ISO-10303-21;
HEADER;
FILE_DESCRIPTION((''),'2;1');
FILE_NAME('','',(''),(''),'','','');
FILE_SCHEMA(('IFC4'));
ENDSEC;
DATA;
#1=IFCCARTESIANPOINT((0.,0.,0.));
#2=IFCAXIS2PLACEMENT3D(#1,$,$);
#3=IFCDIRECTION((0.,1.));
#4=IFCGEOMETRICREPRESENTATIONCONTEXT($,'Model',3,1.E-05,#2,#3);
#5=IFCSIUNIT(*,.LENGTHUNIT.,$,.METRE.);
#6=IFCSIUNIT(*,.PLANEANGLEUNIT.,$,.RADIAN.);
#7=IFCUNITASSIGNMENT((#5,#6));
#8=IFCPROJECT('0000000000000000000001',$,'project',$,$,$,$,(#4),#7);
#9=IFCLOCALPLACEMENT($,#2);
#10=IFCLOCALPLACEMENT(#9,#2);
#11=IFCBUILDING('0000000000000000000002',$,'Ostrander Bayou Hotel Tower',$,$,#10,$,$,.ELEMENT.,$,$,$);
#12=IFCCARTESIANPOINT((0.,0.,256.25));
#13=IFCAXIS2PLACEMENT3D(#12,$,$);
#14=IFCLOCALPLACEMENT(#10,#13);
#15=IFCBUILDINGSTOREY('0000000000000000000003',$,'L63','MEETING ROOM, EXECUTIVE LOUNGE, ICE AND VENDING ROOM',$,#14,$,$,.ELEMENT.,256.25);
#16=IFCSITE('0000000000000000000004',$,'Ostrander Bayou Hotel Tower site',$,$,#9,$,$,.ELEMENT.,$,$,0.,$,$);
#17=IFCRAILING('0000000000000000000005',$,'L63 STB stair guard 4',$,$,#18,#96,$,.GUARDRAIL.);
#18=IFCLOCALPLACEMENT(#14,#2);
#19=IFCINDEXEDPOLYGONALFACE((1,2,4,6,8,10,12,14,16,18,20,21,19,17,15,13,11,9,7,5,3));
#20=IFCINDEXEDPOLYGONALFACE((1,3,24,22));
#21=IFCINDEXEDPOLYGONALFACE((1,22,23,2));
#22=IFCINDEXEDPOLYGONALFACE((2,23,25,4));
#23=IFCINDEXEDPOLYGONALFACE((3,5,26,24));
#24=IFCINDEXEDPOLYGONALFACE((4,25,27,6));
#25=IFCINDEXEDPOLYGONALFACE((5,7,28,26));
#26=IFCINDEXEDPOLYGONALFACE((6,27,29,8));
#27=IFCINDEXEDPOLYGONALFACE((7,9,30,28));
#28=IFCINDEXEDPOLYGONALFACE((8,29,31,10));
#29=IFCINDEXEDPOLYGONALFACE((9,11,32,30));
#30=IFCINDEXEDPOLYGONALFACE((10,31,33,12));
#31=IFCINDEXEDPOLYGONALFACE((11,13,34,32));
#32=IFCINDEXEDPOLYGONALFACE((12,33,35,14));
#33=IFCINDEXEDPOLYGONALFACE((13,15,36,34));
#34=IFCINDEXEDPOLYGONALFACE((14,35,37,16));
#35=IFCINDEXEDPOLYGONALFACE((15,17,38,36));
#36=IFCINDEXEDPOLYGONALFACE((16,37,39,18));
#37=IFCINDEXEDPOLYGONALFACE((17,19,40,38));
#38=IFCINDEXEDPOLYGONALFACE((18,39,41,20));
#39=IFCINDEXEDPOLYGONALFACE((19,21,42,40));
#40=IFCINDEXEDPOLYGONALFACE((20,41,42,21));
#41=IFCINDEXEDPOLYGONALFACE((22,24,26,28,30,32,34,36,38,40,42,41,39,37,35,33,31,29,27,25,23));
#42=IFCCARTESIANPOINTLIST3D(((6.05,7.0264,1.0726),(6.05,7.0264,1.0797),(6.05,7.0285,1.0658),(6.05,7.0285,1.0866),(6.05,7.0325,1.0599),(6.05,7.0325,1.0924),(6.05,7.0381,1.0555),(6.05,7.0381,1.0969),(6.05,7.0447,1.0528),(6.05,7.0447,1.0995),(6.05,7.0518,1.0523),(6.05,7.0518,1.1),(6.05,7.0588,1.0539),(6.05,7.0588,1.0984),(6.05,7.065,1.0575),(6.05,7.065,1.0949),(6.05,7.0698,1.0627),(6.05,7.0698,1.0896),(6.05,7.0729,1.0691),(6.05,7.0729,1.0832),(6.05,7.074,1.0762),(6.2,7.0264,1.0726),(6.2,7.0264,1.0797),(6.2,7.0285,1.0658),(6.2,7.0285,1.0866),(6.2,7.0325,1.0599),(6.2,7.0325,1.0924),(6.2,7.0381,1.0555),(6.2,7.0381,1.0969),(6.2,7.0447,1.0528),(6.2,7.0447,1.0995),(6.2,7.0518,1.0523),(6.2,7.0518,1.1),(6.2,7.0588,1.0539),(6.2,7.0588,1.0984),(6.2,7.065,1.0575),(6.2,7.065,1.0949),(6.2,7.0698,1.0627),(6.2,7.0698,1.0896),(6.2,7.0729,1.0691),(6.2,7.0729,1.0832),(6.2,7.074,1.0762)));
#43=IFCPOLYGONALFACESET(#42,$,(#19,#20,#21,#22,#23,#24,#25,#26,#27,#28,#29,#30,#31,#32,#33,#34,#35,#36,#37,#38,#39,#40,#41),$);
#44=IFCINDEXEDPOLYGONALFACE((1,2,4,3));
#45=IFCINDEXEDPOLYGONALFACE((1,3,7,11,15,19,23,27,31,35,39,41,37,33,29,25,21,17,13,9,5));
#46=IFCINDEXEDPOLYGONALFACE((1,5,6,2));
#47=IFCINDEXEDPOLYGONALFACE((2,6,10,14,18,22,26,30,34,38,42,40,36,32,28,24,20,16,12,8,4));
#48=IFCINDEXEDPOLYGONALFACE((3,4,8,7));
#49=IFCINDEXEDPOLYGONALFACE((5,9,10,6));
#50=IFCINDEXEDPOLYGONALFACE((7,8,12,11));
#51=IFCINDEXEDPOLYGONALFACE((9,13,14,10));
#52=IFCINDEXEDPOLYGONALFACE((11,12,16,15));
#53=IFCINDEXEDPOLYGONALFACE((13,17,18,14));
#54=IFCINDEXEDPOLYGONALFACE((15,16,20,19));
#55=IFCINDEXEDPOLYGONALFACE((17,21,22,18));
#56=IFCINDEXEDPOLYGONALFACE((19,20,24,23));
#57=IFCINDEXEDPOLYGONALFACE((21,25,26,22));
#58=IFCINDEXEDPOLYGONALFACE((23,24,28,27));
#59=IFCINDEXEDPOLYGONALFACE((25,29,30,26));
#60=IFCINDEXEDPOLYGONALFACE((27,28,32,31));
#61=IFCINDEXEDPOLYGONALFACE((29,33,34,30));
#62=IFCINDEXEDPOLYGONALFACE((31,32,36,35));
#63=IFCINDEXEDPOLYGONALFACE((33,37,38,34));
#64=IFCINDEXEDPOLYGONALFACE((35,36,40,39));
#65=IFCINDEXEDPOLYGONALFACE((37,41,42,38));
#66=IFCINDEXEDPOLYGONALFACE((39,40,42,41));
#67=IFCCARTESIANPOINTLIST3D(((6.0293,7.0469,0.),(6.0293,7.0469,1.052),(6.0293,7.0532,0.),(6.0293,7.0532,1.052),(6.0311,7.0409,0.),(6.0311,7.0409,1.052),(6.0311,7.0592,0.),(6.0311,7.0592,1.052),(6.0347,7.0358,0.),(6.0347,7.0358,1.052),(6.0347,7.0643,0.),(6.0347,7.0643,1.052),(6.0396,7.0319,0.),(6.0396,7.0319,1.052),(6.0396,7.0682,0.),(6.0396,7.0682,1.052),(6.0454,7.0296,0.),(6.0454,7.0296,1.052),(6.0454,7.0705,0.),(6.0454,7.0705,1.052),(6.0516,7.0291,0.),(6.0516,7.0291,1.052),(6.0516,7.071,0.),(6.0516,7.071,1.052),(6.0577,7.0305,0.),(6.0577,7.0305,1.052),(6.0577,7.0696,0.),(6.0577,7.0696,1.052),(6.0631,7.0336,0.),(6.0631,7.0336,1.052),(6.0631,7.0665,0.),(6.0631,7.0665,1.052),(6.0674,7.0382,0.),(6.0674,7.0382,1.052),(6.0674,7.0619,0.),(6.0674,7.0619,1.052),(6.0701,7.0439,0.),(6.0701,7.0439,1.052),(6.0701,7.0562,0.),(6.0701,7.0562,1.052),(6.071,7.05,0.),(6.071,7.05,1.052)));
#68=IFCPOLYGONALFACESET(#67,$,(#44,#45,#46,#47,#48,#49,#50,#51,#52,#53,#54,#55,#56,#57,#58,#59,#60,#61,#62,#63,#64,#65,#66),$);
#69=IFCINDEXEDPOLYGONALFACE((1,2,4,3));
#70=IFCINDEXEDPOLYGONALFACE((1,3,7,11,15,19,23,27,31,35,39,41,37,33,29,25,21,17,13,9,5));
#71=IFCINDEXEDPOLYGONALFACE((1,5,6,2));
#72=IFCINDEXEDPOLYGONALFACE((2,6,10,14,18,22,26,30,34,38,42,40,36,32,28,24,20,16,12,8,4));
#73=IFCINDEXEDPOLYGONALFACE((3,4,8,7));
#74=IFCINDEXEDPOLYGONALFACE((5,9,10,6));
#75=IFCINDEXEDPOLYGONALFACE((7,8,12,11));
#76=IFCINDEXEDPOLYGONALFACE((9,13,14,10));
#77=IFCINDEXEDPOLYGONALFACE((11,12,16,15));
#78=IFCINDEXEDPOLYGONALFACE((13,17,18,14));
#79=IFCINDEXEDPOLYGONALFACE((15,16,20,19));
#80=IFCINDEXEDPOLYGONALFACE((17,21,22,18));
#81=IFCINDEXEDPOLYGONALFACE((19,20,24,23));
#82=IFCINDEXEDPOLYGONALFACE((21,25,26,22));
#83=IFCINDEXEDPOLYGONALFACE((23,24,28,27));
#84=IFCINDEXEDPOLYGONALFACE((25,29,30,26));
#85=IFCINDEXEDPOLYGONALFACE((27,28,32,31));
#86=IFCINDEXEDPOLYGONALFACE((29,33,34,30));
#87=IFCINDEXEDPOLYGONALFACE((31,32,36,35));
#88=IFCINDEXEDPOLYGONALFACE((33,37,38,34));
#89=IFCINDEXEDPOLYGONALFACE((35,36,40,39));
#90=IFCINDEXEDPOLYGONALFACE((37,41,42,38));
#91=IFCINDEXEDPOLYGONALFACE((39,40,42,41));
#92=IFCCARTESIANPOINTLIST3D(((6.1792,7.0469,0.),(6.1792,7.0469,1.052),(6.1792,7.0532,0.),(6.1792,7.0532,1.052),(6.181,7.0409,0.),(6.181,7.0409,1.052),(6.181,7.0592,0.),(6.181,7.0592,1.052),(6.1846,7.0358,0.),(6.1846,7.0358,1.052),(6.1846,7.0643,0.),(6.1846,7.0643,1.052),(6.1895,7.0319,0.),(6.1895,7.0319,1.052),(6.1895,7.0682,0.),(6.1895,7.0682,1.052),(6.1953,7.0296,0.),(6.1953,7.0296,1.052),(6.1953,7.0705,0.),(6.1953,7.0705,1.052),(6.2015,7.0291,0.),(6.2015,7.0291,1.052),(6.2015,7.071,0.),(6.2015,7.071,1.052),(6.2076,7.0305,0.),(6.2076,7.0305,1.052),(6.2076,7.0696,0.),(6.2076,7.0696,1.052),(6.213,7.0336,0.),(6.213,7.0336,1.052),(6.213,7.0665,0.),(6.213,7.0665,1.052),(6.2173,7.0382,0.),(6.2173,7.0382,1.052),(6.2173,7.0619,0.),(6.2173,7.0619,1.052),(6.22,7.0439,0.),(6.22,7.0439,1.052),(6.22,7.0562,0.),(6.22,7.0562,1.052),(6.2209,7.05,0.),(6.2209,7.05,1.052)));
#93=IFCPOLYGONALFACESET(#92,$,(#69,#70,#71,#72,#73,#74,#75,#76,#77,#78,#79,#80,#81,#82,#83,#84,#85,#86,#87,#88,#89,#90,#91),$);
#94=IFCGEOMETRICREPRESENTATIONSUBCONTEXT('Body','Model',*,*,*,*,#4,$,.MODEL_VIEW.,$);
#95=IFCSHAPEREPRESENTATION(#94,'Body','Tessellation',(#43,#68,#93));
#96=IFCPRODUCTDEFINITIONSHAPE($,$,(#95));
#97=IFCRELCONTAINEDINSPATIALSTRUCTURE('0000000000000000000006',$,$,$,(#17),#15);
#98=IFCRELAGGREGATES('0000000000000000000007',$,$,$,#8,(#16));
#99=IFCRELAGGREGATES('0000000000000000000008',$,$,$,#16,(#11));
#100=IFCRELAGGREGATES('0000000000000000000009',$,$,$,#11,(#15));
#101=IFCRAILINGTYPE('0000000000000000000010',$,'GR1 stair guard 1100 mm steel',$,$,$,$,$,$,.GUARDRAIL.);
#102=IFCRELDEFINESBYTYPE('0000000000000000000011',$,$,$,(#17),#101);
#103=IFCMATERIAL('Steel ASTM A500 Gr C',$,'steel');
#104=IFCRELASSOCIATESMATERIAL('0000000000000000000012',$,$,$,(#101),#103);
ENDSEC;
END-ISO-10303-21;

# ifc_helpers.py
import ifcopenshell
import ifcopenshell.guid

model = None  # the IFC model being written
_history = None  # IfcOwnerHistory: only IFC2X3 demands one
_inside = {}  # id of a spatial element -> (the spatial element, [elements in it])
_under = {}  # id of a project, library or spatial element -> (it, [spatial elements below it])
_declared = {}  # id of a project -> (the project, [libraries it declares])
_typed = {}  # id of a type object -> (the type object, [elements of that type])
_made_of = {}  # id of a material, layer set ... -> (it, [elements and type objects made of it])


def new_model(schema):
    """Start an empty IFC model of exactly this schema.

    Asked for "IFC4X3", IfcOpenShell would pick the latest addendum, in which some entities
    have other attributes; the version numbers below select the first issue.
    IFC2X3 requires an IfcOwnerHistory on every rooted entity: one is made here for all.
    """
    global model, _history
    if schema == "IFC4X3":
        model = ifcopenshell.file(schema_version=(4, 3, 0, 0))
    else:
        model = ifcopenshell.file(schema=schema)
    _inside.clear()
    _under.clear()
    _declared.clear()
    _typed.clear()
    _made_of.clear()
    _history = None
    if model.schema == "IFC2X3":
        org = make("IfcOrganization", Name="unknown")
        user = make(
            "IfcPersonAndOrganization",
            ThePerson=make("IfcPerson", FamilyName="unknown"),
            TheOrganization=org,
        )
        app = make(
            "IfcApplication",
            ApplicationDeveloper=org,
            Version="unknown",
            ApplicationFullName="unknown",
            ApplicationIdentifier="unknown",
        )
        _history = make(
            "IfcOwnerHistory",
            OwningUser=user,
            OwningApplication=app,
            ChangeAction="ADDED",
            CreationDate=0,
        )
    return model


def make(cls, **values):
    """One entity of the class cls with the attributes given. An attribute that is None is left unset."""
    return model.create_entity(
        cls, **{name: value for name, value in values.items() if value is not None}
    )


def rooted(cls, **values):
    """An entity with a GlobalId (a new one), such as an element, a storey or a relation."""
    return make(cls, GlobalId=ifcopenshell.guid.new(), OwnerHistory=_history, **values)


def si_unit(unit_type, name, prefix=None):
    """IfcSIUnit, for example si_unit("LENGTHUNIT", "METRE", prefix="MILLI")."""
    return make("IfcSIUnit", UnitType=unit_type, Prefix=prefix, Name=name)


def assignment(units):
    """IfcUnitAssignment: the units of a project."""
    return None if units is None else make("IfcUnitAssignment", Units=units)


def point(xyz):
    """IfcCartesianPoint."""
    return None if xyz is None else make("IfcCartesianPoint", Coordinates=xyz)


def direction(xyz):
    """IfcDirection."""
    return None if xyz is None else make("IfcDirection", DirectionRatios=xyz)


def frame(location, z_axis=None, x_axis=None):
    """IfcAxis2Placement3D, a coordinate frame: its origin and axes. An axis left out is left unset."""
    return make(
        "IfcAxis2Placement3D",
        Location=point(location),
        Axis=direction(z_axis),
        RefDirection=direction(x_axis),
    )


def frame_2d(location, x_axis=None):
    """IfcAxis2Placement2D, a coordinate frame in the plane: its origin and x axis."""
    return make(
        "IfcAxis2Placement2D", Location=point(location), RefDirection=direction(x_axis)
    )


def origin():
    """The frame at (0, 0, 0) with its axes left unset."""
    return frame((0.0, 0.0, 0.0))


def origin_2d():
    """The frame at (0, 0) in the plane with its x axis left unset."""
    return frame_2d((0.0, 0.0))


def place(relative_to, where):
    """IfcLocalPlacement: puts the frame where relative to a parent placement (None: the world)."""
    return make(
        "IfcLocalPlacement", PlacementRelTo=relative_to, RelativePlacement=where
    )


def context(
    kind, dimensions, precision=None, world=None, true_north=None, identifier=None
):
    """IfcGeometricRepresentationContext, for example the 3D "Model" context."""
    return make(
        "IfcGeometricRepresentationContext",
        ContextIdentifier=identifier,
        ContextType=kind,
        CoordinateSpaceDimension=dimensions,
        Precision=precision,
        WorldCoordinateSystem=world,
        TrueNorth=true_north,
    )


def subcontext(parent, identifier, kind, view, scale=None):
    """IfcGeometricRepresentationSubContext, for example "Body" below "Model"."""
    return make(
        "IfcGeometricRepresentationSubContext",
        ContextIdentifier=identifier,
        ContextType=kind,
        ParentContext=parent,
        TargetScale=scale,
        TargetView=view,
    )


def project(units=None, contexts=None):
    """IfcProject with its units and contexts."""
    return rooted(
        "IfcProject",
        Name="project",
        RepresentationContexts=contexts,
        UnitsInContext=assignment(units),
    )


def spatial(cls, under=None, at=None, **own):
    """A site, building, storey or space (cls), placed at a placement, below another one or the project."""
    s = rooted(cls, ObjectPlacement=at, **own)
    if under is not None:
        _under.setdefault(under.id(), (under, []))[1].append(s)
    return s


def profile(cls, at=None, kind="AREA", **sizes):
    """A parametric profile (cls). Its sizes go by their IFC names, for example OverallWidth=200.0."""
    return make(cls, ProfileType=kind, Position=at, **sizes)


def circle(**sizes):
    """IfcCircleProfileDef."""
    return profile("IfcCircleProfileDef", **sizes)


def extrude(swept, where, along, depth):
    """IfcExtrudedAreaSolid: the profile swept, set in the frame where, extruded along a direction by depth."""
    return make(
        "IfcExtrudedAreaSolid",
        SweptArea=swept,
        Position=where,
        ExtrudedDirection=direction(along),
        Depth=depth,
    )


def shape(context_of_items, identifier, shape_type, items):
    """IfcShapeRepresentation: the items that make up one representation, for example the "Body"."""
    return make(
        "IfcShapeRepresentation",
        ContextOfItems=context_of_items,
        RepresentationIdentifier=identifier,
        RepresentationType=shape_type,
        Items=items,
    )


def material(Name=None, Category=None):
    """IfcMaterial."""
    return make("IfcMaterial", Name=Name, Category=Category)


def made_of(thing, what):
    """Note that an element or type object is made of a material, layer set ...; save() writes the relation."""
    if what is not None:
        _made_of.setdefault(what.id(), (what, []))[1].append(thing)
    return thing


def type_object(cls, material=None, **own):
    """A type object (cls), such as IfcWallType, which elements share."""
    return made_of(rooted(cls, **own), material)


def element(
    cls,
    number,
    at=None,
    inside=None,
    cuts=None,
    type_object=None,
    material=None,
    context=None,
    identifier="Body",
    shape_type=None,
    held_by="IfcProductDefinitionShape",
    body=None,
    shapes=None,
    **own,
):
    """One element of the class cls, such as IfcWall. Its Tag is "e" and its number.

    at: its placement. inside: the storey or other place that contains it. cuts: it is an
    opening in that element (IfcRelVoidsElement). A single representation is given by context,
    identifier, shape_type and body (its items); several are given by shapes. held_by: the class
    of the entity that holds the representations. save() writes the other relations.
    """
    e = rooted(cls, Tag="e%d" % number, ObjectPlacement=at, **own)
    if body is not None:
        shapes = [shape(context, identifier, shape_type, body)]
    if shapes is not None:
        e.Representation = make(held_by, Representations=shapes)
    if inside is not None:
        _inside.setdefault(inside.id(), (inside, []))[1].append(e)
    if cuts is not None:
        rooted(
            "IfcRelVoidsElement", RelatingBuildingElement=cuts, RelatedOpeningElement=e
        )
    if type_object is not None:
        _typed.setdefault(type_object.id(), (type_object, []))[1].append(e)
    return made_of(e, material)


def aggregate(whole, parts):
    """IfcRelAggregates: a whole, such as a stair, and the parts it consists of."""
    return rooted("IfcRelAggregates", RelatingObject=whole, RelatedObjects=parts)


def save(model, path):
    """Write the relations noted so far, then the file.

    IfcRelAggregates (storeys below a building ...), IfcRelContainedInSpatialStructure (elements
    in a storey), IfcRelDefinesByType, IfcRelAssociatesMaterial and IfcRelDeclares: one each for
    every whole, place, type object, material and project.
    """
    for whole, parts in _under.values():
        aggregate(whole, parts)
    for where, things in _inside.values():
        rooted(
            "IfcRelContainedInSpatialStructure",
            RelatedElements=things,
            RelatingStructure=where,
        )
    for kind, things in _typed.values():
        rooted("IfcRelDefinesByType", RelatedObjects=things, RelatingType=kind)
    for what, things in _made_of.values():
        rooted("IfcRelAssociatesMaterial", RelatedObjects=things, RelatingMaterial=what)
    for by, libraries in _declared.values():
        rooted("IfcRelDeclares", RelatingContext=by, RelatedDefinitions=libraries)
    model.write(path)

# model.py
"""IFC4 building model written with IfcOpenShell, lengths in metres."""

from ifc_helpers import new_model, si_unit, direction, frame, origin, origin_2d, place, context, subcontext, project, spatial, circle, extrude, material, type_object, element, save


model = new_model("IFC4")

# Units and contexts
model_context = context("Model", 3, precision=1e-05, world=origin(), true_north=direction((0.0, 1.0)))
body_context = subcontext(model_context, "Body", "Model", "MODEL_VIEW")
ifc_project = project(units=[si_unit("LENGTHUNIT", "METRE"), si_unit("PLANEANGLEUNIT", "RADIAN")], contexts=[model_context])

# Site, building, storey
site_placement = place(None, origin())
site = spatial("IfcSite", under=ifc_project, at=site_placement, Name="Ostrander Bayou Hotel Tower site", CompositionType="ELEMENT", RefElevation=0.0)
building_placement = place(site_placement, origin())
building = spatial("IfcBuilding", under=site, at=building_placement, Name="Ostrander Bayou Hotel Tower", CompositionType="ELEMENT")
storey_placement = place(building_placement, frame((0.0, 0.0, 256.25)))
storey = spatial("IfcBuildingStorey", under=building, at=storey_placement, Name="L63", Description="MEETING ROOM, EXECUTIVE LOUNGE, ICE AND VENDING ROOM", CompositionType="ELEMENT", Elevation=256.25)

# Railing
ifc_material_1 = material(Name="Steel ASTM A500 Gr C", Category="steel")
railing_type_1 = type_object("IfcRailingType", Name="GR1 stair guard 1100 mm steel", PredefinedType="GUARDRAIL", material=ifc_material_1)
railing_1_placement = place(storey_placement, frame((6.05, 7.05, 0.0)))
element("IfcRailing", 1, at=railing_1_placement, inside=storey, type_object=railing_type_1, Name="L63 STB stair guard 4", PredefinedType="GUARDRAIL", context=body_context, shape_type="SweptSolid", body=[
    extrude(circle(Radius=0.0239, at=origin_2d()), frame((0.0, 0.0, 1.0762), z_axis=(1.0, 0.0, 0.0), x_axis=(0.0, 1.0, 0.0)), (0.0, 0.0, 1.0), 0.1499),
    extrude(circle(Radius=0.021, at=origin_2d()), origin(), (0.0, 0.0, 1.0), 1.052),
    extrude(circle(Radius=0.021, at=origin_2d()), frame((0.1499, 0.0, 0.0)), (0.0, 0.0, 1.0), 1.052),
])

save(model, "model.ifc")
